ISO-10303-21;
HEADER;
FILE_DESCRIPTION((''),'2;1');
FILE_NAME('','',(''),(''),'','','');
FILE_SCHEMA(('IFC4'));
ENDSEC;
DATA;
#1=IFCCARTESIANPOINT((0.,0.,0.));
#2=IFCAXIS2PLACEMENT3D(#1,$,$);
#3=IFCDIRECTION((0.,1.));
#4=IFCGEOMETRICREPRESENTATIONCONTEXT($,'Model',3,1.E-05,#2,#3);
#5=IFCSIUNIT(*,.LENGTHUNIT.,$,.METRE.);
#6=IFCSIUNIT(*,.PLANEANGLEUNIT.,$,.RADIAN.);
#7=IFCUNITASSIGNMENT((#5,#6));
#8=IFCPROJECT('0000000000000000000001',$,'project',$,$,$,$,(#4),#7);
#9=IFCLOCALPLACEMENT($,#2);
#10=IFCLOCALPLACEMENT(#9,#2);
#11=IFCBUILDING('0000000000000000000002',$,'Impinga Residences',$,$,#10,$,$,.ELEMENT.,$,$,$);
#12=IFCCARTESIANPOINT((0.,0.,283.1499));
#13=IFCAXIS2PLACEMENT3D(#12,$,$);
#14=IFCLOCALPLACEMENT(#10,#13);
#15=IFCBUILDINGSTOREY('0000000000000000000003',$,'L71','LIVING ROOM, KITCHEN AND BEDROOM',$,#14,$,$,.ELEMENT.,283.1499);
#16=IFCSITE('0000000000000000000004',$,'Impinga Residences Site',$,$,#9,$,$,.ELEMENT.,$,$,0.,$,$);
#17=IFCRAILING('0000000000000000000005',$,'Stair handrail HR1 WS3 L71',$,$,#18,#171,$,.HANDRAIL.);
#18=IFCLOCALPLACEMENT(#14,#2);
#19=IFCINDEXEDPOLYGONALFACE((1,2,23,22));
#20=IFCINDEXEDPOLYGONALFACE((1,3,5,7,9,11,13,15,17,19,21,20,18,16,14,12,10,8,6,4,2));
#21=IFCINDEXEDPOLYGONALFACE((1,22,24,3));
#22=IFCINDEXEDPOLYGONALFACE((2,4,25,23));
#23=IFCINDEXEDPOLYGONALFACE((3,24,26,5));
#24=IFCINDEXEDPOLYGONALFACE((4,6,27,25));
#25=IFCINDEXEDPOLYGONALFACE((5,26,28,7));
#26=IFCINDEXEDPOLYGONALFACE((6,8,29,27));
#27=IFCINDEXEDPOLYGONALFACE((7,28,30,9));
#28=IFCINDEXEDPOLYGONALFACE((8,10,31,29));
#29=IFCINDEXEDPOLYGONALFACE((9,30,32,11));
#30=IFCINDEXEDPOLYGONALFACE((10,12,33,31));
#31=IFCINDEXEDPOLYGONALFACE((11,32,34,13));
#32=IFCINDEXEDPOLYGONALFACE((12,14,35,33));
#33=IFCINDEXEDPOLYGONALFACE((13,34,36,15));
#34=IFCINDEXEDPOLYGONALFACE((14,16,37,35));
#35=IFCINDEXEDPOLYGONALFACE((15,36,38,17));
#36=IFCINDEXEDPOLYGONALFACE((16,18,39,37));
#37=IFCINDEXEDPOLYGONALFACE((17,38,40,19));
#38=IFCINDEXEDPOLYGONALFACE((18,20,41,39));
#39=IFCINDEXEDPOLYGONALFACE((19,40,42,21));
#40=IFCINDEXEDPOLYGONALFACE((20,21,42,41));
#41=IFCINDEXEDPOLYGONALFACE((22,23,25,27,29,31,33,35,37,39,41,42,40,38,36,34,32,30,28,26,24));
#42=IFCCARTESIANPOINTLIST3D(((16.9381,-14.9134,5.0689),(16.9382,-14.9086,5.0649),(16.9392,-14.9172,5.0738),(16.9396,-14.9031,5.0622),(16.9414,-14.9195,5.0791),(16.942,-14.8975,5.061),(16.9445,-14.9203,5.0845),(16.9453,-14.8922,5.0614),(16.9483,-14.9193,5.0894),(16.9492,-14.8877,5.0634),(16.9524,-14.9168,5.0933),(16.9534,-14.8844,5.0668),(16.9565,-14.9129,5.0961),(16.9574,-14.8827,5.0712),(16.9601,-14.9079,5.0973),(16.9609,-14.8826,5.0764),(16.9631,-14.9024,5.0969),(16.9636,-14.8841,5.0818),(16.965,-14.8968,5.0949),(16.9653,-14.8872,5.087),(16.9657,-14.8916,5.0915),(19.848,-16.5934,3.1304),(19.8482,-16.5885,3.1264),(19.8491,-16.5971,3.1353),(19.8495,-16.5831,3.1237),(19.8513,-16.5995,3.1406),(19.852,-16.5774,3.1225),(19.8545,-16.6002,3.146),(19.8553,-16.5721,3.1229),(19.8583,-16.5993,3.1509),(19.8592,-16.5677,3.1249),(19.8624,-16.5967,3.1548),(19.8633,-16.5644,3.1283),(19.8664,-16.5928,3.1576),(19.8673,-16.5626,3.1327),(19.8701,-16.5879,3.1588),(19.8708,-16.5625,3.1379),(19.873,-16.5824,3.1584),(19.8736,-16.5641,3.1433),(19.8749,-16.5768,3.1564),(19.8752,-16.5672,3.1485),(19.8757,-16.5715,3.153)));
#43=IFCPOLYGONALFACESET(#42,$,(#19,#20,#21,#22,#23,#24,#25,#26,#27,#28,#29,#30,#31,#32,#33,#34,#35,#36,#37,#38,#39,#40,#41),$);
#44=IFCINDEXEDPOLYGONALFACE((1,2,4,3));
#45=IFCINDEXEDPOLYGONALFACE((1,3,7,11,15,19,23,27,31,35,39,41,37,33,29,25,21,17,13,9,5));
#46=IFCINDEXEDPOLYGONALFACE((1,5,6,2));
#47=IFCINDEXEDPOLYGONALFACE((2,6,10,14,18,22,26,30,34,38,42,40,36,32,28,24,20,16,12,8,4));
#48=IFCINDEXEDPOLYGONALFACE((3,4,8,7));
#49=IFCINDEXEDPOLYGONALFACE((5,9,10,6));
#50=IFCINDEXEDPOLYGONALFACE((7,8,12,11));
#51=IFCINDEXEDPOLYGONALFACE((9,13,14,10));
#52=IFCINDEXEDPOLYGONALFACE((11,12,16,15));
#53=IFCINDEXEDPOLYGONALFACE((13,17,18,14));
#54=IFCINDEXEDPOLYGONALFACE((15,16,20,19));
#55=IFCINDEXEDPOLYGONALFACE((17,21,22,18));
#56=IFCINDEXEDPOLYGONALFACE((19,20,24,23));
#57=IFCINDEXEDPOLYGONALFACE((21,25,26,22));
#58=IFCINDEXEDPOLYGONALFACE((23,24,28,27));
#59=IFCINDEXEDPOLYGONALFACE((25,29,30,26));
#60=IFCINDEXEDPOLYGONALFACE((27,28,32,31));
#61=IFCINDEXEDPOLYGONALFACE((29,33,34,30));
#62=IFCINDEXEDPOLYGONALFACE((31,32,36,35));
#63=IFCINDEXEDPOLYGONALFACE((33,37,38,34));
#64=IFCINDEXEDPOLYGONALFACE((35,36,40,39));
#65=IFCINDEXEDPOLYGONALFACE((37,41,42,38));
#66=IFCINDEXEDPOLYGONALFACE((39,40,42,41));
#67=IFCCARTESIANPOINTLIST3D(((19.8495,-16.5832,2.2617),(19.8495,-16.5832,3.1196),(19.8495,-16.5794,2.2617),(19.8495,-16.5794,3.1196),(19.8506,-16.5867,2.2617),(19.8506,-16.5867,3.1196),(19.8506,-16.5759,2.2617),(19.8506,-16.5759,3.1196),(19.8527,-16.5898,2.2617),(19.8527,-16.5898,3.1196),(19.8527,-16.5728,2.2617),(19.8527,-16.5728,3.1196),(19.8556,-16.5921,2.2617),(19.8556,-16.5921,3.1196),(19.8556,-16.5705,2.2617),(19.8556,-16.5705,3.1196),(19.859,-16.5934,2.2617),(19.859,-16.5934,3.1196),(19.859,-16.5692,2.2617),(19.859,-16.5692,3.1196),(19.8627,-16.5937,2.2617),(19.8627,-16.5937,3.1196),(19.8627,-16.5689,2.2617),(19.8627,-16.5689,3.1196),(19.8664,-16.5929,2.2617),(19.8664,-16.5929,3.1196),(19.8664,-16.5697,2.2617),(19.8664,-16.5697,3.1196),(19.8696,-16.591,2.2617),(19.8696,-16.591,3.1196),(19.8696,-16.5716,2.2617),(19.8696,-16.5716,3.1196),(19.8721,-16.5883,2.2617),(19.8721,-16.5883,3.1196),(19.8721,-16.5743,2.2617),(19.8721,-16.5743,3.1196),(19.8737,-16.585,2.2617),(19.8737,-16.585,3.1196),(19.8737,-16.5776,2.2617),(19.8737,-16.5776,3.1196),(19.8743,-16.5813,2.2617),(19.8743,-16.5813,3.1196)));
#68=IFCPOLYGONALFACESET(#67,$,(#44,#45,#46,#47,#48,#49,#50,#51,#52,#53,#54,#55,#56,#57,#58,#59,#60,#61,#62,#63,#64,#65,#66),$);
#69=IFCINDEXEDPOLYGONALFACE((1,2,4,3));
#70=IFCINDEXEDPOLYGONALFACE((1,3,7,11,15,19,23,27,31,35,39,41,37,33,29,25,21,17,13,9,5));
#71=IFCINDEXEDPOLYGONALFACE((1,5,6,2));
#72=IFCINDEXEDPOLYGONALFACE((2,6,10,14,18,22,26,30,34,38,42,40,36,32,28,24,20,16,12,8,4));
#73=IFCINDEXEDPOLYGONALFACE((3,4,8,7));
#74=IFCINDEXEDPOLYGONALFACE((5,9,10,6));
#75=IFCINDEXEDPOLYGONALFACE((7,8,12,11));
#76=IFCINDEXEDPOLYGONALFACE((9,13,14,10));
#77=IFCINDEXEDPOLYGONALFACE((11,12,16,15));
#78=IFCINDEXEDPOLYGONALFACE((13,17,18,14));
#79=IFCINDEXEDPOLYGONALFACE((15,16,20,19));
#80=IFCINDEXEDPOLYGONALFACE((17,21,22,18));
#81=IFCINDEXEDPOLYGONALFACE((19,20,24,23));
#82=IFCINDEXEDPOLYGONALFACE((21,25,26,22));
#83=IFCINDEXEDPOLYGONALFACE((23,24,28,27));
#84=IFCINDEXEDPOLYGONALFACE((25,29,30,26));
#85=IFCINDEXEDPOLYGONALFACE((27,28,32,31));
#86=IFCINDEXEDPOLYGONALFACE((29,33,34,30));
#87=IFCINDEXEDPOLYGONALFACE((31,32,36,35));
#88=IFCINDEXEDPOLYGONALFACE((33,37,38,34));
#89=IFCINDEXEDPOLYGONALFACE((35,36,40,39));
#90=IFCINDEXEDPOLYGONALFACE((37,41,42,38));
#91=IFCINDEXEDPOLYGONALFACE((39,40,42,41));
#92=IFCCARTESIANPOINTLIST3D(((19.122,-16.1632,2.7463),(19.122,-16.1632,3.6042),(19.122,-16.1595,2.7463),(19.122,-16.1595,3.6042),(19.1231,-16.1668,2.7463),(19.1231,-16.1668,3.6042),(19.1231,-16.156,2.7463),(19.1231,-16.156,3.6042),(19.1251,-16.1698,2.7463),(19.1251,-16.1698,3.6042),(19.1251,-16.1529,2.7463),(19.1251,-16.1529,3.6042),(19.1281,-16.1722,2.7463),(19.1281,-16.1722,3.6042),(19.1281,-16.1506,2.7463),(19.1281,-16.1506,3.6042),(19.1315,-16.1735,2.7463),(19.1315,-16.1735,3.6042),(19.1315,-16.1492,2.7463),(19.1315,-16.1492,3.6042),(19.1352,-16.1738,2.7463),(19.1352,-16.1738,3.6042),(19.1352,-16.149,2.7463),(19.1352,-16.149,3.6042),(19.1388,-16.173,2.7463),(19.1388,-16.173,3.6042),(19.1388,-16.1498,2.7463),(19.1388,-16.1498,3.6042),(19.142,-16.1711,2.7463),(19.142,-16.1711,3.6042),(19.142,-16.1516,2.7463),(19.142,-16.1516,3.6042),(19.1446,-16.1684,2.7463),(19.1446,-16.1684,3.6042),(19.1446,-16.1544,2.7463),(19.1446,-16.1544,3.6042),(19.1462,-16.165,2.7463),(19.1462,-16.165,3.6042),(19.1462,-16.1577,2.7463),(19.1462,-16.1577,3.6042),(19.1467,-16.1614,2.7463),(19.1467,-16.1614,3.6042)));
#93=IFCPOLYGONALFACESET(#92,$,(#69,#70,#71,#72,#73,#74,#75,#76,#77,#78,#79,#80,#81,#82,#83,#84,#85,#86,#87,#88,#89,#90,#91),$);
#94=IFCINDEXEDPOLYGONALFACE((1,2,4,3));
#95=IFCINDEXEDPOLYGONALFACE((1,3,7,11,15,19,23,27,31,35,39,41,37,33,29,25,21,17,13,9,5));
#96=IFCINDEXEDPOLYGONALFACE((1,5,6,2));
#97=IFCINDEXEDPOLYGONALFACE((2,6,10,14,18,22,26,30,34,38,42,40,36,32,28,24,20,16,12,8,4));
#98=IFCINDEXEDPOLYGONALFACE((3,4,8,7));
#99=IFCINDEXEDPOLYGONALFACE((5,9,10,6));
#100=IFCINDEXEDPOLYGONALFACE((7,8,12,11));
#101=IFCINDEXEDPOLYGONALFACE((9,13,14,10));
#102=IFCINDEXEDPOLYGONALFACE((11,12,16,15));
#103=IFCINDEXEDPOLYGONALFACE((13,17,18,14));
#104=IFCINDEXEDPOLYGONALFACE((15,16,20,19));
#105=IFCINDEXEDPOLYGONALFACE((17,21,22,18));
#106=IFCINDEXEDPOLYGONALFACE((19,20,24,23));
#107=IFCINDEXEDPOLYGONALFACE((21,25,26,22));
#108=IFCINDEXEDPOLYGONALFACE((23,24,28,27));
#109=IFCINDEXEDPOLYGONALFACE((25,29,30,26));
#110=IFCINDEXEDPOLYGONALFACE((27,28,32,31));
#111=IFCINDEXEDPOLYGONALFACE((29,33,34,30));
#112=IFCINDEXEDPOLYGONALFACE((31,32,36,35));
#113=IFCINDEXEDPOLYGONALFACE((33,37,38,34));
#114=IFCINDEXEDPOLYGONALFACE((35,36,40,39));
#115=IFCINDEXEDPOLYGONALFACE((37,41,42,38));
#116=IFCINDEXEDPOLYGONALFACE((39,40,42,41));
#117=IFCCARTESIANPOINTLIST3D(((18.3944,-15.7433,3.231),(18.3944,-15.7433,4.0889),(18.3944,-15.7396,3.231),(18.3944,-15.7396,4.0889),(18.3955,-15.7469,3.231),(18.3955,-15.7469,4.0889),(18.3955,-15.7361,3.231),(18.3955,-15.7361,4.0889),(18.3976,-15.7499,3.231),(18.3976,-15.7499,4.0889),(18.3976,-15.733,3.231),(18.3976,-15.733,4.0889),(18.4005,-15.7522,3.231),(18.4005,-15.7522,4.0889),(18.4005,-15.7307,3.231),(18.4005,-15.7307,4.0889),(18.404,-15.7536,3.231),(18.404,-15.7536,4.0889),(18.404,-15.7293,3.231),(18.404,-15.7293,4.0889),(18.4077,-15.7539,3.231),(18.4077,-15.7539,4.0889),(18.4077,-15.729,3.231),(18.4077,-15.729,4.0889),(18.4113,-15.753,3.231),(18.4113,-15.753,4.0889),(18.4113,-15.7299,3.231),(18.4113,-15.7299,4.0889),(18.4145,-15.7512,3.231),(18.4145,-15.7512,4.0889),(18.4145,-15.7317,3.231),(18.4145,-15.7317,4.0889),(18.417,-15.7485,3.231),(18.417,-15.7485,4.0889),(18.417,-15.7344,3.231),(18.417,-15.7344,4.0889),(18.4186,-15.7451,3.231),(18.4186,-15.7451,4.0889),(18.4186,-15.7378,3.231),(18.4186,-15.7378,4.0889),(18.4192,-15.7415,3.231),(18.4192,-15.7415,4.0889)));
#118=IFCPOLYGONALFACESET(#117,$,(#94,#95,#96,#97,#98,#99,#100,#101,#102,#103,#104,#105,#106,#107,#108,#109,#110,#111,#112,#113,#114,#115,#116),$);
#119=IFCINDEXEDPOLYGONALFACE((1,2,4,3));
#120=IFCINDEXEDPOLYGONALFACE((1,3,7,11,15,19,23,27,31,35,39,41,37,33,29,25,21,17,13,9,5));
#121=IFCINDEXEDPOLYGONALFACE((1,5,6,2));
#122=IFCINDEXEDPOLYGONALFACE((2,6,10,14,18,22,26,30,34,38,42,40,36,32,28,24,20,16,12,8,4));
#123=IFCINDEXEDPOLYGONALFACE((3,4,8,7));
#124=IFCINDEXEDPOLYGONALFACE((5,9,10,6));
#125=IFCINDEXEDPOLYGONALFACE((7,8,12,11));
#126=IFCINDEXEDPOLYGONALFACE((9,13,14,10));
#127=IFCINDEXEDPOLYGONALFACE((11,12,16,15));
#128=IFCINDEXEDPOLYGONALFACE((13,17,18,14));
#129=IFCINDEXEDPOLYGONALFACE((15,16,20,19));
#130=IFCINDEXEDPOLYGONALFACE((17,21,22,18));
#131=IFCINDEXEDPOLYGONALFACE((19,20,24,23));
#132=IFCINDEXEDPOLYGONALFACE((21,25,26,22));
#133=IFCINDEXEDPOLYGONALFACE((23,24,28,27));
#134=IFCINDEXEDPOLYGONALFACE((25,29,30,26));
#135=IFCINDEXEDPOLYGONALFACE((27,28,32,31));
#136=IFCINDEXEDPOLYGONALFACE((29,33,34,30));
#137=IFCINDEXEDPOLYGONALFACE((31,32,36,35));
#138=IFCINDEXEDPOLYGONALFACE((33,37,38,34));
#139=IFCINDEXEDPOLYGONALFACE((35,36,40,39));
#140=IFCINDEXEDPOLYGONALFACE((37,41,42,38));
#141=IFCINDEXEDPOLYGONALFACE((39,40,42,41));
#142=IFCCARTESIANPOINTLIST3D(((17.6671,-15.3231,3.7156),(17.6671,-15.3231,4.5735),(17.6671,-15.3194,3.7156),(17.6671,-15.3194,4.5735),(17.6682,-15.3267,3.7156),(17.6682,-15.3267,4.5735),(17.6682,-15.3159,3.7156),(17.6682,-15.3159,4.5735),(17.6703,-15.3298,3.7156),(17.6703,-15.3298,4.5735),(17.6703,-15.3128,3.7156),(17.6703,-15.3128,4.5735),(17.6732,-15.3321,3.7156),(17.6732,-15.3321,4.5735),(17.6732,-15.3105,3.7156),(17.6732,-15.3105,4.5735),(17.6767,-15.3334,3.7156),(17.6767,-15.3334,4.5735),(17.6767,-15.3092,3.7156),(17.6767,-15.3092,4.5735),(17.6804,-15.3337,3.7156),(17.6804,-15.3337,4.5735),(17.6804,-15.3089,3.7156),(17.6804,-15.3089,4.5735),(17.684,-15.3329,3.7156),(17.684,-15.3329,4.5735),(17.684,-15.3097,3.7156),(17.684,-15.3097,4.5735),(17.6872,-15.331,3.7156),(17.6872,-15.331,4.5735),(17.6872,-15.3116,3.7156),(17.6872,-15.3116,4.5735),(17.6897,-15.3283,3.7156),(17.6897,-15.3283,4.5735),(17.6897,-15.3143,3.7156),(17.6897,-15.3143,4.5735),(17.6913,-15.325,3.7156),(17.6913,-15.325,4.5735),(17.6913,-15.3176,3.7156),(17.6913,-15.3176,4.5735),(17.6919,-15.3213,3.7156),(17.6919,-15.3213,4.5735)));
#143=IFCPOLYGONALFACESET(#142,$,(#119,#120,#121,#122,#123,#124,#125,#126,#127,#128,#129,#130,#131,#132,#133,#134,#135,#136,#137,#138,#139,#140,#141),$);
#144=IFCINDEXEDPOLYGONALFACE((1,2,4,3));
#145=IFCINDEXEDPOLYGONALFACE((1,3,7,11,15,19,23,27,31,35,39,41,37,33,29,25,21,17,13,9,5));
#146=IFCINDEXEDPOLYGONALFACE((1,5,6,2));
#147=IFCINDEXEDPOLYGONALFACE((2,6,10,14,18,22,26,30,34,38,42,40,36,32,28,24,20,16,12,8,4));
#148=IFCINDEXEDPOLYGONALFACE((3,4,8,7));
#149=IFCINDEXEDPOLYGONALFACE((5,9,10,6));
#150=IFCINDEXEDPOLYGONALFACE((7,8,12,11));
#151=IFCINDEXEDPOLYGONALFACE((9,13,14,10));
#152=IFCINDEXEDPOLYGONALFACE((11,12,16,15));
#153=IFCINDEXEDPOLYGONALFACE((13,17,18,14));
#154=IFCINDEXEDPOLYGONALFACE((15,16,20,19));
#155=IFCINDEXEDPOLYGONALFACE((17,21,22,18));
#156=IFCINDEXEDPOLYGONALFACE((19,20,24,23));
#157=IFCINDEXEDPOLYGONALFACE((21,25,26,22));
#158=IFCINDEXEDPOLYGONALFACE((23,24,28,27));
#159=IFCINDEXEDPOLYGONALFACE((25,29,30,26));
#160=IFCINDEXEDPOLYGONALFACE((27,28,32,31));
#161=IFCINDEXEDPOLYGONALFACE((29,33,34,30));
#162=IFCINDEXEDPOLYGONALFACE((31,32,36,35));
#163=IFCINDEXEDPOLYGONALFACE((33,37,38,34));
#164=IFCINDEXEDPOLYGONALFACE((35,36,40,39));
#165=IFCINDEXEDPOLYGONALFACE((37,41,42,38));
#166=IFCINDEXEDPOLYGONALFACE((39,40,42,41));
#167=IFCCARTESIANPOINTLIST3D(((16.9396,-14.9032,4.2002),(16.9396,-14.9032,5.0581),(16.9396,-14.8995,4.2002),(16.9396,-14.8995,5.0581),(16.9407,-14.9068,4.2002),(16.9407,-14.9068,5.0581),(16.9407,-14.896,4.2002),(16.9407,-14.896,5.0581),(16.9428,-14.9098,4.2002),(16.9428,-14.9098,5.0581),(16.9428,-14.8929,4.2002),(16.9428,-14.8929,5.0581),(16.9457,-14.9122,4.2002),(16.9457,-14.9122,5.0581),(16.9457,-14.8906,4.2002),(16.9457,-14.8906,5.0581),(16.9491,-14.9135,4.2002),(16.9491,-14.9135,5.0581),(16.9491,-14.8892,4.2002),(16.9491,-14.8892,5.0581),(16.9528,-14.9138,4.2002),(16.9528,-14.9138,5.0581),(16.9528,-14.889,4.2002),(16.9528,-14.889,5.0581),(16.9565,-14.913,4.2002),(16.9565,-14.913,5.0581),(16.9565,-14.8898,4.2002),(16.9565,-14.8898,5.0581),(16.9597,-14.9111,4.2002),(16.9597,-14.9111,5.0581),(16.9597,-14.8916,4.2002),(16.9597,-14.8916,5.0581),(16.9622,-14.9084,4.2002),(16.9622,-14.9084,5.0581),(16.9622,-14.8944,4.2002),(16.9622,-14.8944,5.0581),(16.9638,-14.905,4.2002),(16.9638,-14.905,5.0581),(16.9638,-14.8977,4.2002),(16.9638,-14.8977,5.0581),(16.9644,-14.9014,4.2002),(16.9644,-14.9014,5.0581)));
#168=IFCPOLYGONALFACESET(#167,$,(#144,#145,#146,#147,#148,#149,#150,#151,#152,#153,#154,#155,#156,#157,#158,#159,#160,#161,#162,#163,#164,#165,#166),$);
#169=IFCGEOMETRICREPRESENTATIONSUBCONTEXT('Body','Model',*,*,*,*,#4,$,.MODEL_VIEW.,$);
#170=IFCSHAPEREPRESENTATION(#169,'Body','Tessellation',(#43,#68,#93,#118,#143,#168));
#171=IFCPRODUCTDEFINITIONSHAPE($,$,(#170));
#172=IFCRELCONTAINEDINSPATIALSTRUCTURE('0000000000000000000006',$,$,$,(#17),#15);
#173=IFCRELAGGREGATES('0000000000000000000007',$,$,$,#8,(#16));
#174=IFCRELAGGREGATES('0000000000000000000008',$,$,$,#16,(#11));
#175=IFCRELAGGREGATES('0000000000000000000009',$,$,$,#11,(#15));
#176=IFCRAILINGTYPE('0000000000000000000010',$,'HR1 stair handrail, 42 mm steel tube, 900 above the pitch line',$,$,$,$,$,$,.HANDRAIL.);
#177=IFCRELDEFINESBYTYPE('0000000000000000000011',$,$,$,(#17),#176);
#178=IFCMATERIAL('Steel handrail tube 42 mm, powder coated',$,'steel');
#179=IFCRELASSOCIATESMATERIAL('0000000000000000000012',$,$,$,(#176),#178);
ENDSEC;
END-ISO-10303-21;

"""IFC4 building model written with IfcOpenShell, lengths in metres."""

from ifc_helpers import new_model, si_unit, direction, frame, origin, origin_2d, place, context, subcontext, project, spatial, circle, extrude, material, type_object, element, save


model = new_model("IFC4")

# Units and contexts
model_context = context("Model", 3, precision=1e-05, world=origin(), true_north=direction((0.0, 1.0)))
body_context = subcontext(model_context, "Body", "Model", "MODEL_VIEW")
ifc_project = project(units=[si_unit("LENGTHUNIT", "METRE"), si_unit("PLANEANGLEUNIT", "RADIAN")], contexts=[model_context])

# Site, building, storey
site_placement = place(None, origin())
site = spatial("IfcSite", under=ifc_project, at=site_placement, Name="Impinga Residences Site", CompositionType="ELEMENT", RefElevation=0.0)
building_placement = place(site_placement, origin())
building = spatial("IfcBuilding", under=site, at=building_placement, Name="Impinga Residences", CompositionType="ELEMENT")
storey_placement = place(building_placement, frame((0.0, 0.0, 283.1499)))
storey = spatial("IfcBuildingStorey", under=building, at=storey_placement, Name="L71", Description="LIVING ROOM, KITCHEN AND BEDROOM", CompositionType="ELEMENT", Elevation=283.1499)

# Railing
ifc_material_1 = material(Name="Steel handrail tube 42 mm, powder coated", Category="steel")
railing_type = type_object("IfcRailingType", Name="HR1 stair handrail, 42 mm steel tube, 900 above the pitch line", PredefinedType="HANDRAIL", material=ifc_material_1)
railing_1_placement = place(storey_placement, frame((19.8618, -16.5813, 2.2617)))
element("IfcRailing", 1, at=railing_1_placement, inside=storey, type_object=railing_type, Name="Stair handrail HR1 WS3 L71", PredefinedType="HANDRAIL", context=body_context, shape_type="SweptSolid", body=[
    extrude(circle(Radius=0.021, at=origin_2d()), frame((0.0, 0.0, 0.8789), z_axis=(-0.750151, 0.433072, 0.499723), x_axis=(-0.499976, -0.866039, 0.0)), (0.0, 0.0, 1.0), 3.8792),
    extrude(circle(Radius=0.0125, at=origin_2d()), origin(), (0.0, 0.0, 1.0), 0.8579),
    extrude(circle(Radius=0.0125, at=origin_2d()), frame((-0.7275, 0.4199, 0.4846)), (0.0, 0.0, 1.0), 0.8579),
    extrude(circle(Radius=0.0125, at=origin_2d()), frame((-1.4551, 0.8398, 0.9692)), (0.0, 0.0, 1.0), 0.8579),
    extrude(circle(Radius=0.0125, at=origin_2d()), frame((-2.1824, 1.26, 1.4539)), (0.0, 0.0, 1.0), 0.8579),
    extrude(circle(Radius=0.0125, at=origin_2d()), frame((-2.9099, 1.6799, 1.9385)), (0.0, 0.0, 1.0), 0.8579),
])

save(model, "model.ifc")
